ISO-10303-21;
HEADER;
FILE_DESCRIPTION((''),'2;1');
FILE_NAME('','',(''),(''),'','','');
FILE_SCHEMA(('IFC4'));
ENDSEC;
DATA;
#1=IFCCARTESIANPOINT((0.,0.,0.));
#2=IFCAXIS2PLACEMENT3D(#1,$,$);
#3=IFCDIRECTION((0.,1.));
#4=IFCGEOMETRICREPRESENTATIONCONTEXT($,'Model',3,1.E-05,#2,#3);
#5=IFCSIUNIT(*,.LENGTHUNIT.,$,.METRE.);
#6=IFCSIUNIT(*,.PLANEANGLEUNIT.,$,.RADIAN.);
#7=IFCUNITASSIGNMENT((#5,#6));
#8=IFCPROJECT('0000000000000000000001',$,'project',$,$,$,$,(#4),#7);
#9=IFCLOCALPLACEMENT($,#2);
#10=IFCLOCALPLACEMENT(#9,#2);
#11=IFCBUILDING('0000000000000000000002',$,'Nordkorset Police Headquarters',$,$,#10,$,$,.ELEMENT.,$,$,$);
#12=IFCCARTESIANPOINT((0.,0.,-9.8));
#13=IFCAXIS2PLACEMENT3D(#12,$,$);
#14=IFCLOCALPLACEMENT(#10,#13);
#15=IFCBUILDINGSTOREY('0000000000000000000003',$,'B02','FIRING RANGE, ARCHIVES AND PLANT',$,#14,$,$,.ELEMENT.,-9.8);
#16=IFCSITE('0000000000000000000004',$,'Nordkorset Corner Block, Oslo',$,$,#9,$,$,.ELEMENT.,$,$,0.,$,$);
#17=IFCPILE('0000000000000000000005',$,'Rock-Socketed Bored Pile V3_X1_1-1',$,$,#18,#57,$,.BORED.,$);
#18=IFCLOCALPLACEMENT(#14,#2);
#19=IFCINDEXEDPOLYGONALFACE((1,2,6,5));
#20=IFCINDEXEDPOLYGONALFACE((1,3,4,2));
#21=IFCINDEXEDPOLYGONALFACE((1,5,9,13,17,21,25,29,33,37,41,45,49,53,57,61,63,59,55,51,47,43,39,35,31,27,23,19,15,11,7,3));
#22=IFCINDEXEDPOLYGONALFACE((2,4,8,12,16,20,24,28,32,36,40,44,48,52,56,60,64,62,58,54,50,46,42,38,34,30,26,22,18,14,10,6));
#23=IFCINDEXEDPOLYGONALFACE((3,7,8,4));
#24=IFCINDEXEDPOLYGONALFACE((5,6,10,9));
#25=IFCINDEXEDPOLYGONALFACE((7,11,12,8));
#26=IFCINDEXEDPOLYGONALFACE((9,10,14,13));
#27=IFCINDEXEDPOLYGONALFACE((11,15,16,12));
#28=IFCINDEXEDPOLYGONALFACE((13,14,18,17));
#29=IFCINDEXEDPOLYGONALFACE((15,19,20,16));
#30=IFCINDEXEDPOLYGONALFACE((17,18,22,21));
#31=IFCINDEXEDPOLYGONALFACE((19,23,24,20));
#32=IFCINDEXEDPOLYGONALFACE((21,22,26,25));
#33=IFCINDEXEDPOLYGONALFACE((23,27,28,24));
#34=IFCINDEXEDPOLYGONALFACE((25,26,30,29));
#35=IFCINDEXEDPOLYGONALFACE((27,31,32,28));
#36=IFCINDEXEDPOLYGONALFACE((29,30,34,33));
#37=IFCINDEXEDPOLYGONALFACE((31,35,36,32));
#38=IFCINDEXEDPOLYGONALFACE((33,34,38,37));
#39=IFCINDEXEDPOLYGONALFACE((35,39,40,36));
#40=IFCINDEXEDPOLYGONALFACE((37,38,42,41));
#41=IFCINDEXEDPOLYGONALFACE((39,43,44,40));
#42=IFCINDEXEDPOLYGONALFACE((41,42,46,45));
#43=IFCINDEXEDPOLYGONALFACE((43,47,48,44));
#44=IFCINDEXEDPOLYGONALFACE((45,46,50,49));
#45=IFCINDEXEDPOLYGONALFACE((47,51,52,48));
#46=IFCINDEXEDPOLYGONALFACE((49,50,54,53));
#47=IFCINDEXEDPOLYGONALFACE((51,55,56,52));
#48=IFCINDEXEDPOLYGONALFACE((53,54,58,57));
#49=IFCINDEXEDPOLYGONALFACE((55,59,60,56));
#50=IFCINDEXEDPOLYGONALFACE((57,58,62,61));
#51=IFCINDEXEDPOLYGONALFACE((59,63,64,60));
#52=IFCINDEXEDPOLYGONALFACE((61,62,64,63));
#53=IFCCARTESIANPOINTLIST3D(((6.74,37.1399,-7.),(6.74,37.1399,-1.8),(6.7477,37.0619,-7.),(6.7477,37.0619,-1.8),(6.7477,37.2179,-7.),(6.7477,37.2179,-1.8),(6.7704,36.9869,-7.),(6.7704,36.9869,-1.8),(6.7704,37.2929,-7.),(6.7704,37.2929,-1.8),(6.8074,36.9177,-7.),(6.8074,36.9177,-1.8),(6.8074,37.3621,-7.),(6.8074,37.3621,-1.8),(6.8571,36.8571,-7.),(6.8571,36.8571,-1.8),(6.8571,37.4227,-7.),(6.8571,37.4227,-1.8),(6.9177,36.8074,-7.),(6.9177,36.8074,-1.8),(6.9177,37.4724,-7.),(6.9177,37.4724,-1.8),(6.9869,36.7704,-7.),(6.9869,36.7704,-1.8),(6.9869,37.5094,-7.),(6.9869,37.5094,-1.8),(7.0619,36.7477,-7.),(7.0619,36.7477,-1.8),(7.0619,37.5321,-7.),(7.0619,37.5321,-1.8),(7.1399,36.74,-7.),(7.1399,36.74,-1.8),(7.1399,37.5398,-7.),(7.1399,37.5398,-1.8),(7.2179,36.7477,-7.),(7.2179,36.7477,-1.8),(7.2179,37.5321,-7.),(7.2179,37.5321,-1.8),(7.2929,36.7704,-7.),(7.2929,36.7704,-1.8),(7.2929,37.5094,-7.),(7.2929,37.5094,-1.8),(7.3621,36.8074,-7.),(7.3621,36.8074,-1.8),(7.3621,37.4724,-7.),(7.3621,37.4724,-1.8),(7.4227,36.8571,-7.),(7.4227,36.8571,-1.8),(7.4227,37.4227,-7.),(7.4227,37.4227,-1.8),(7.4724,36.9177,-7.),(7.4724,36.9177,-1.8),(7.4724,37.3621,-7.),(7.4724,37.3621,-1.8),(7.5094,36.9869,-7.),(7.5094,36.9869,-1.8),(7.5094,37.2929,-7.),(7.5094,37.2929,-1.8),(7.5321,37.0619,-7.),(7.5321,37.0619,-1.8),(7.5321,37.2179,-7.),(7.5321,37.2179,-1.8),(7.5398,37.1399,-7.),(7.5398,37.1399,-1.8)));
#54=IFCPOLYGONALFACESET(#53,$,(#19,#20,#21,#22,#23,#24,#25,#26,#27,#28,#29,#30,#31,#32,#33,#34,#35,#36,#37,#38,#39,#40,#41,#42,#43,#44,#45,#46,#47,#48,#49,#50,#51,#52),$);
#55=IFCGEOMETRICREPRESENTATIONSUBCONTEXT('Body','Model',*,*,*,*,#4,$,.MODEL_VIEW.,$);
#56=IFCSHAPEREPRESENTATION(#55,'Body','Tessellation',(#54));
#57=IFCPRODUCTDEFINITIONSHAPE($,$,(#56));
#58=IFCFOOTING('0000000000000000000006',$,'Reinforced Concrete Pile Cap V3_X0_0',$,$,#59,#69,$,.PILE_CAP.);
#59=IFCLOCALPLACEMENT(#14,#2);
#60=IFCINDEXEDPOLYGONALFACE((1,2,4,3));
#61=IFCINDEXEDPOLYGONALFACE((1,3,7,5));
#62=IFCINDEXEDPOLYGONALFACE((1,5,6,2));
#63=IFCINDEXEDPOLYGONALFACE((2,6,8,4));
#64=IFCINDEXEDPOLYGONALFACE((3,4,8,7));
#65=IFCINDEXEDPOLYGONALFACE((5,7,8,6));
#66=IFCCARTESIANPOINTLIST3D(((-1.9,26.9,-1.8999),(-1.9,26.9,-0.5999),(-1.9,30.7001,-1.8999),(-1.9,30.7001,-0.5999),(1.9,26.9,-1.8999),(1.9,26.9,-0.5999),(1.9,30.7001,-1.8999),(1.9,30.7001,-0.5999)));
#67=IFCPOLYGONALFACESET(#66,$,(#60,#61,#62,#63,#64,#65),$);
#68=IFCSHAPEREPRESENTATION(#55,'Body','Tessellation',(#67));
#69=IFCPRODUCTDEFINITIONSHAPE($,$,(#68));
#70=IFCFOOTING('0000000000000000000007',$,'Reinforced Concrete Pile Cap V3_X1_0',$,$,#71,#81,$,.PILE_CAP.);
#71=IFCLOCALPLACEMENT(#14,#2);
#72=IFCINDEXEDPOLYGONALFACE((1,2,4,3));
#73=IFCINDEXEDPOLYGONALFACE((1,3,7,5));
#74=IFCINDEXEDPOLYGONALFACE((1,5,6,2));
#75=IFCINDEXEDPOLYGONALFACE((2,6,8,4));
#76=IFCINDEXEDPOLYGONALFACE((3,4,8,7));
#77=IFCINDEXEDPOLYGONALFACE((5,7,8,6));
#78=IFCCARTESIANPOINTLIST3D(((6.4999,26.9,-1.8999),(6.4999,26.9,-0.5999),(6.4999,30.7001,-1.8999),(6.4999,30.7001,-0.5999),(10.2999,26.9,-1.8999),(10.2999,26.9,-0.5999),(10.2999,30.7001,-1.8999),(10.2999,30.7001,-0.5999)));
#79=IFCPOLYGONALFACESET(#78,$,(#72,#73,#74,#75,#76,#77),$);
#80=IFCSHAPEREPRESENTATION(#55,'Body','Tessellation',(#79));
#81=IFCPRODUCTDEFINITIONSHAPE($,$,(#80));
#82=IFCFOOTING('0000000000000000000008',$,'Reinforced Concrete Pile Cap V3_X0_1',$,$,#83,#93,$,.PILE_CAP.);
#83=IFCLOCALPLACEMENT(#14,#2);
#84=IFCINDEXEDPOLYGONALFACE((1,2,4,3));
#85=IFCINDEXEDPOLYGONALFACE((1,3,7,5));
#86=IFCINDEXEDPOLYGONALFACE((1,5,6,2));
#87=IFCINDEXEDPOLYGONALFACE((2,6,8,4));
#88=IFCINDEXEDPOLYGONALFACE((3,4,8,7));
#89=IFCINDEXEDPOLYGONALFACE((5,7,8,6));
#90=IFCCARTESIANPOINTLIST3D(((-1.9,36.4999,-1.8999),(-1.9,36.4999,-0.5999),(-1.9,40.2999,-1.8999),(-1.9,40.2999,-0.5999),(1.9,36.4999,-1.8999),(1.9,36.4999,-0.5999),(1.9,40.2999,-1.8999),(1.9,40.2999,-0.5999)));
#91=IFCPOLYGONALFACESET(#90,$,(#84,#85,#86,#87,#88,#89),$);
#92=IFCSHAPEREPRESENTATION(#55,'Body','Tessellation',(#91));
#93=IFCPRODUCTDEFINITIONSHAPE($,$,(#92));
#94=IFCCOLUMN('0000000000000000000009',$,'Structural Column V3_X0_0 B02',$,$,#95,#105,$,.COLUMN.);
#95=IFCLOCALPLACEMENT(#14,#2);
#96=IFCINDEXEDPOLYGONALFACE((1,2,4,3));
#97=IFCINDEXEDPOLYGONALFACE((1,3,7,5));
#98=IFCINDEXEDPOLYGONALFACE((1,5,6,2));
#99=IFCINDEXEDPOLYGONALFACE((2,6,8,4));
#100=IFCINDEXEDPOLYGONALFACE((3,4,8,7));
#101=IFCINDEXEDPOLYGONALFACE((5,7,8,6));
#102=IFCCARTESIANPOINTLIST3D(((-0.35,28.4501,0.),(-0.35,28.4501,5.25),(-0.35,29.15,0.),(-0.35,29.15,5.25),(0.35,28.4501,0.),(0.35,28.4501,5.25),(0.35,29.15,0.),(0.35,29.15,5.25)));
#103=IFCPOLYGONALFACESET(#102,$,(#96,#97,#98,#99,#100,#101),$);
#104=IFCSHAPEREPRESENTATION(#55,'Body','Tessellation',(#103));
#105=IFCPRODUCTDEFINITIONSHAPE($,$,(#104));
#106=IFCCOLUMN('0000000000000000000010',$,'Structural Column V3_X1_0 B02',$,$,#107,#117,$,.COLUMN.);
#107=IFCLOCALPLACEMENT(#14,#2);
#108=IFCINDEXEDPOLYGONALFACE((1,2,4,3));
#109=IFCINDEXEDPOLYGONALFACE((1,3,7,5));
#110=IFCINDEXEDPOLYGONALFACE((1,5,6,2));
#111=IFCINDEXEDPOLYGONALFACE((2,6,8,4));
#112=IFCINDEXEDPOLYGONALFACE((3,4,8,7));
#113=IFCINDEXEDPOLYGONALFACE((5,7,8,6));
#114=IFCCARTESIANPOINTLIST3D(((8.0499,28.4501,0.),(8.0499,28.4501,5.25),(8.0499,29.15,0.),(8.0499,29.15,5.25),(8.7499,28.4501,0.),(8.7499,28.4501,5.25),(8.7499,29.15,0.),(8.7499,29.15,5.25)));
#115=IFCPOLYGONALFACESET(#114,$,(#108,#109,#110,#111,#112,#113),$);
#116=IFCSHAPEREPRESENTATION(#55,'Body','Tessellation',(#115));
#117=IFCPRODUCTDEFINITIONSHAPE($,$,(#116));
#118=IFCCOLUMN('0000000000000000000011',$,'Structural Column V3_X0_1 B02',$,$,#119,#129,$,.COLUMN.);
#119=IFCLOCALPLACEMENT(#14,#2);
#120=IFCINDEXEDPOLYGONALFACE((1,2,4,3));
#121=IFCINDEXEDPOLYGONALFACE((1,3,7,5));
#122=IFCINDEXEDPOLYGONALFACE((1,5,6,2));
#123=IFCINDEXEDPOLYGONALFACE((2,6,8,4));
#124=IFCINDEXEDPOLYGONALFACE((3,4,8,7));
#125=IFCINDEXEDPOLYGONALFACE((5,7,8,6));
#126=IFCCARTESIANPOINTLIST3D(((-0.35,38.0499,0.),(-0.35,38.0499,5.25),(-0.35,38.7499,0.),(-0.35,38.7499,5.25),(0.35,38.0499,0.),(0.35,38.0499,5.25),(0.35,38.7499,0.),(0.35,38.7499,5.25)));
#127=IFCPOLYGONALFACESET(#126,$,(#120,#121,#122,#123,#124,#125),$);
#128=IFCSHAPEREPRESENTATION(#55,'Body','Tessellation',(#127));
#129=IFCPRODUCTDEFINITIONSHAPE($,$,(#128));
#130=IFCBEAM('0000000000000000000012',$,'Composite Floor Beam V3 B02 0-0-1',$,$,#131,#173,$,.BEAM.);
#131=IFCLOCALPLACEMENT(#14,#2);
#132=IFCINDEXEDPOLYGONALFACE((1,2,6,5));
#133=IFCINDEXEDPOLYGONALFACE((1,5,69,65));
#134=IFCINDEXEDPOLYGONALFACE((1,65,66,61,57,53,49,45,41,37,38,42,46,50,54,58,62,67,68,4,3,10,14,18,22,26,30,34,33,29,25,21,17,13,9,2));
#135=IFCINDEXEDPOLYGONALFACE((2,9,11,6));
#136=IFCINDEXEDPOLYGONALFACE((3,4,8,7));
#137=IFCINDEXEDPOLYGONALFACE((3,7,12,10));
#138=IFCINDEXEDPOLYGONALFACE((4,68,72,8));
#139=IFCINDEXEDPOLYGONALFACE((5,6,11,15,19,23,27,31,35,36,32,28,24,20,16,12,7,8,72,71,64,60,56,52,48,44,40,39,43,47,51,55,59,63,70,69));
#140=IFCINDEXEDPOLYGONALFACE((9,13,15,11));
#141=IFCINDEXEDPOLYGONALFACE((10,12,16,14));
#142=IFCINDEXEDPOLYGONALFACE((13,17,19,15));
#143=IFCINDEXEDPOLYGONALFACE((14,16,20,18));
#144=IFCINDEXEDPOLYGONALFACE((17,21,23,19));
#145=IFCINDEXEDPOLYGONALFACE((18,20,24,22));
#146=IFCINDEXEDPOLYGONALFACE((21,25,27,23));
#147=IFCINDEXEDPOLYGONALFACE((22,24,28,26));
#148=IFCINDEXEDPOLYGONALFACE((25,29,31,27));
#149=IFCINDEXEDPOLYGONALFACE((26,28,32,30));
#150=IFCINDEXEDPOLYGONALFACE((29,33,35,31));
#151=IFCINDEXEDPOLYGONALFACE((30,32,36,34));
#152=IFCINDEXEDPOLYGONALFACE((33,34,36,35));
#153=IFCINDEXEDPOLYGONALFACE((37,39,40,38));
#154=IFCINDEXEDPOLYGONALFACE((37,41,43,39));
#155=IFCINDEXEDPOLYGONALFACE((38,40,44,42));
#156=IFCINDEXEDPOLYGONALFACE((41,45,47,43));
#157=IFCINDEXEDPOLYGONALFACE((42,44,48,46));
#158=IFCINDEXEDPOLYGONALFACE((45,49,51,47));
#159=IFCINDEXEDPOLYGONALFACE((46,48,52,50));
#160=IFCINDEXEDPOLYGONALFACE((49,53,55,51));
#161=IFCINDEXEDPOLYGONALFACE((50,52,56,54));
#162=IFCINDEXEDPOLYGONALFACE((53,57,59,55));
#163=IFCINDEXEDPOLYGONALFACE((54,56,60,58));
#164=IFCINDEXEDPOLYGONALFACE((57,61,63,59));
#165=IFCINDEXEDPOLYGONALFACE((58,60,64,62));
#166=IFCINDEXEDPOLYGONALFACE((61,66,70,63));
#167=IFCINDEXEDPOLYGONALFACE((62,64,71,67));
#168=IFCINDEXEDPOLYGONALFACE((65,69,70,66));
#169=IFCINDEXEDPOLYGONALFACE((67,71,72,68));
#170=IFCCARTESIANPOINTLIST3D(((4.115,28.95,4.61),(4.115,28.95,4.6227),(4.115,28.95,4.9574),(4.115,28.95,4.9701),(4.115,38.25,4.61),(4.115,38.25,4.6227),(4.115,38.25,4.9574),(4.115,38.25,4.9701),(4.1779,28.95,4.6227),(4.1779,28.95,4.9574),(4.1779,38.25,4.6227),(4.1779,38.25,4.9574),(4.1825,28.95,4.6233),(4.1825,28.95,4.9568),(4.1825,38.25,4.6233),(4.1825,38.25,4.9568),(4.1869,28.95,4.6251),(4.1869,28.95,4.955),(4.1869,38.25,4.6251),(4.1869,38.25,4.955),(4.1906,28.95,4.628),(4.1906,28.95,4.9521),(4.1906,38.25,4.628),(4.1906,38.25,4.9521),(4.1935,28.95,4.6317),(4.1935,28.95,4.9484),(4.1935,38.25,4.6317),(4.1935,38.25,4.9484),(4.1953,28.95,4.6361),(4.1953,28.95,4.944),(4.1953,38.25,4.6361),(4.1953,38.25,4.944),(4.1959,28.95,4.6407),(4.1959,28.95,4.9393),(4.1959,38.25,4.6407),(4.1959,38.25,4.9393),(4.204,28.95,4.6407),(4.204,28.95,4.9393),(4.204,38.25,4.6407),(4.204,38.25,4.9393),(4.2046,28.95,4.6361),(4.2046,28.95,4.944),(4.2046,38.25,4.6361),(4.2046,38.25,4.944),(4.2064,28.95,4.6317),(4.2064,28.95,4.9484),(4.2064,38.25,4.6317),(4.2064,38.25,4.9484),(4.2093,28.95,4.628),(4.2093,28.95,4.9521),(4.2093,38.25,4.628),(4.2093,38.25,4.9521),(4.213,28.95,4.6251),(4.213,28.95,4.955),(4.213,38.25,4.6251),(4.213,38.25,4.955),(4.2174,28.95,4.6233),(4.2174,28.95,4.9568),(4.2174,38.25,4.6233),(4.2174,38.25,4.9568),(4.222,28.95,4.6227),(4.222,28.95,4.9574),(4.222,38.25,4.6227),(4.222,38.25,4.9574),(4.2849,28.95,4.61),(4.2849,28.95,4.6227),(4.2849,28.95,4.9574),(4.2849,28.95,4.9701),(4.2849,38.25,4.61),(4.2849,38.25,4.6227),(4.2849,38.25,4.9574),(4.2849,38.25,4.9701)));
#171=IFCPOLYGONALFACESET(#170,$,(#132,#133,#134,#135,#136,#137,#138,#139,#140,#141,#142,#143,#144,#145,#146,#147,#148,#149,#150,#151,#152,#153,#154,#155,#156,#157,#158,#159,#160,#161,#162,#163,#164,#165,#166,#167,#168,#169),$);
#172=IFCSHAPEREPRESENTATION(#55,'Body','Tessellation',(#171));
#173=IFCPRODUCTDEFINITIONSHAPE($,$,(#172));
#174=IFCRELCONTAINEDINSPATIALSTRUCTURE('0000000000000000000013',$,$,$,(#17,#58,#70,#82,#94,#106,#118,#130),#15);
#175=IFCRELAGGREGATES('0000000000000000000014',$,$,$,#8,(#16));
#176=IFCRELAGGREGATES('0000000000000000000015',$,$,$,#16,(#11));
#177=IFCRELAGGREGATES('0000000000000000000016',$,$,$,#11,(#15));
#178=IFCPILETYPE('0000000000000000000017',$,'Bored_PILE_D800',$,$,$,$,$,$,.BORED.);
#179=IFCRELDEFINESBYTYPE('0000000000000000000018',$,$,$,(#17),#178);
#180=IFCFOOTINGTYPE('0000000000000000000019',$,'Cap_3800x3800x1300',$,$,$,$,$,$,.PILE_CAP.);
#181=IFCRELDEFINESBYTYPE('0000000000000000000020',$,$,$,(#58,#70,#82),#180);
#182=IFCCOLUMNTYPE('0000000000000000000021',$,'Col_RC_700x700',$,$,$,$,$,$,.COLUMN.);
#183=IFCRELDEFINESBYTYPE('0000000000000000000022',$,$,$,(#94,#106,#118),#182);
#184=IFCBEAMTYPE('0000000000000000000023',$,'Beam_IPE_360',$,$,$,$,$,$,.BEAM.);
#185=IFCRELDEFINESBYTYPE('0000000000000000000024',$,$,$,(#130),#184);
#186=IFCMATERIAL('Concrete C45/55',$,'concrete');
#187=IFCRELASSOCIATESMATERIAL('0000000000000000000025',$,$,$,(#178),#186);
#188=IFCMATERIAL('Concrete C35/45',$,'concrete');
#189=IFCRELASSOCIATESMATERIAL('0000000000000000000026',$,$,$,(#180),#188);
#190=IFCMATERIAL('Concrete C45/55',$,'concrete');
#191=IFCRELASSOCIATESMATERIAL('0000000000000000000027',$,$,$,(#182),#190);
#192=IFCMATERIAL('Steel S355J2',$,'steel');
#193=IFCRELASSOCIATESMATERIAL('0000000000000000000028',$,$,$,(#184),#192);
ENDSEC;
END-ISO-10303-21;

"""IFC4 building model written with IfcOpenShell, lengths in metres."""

from ifc_helpers import new_model, si_unit, direction, frame, origin, origin_2d, place, context, subcontext, project, spatial, rectangle, circle, i_section, extrude, material, material_profile, profile_set, type_object, element, save


model = new_model("IFC4")

# Units and contexts
model_context = context("Model", 3, precision=1e-05, world=origin(), true_north=direction((0.0, 1.0)))
body_context = subcontext(model_context, "Body", "Model", "MODEL_VIEW")
ifc_project = project(units=[si_unit("LENGTHUNIT", "METRE"), si_unit("PLANEANGLEUNIT", "RADIAN")], contexts=[model_context])

# Site, building, storey
site_placement = place(None, origin())
site = spatial("IfcSite", under=ifc_project, at=site_placement, Name="Nordkorset Corner Block, Oslo", CompositionType="ELEMENT", RefElevation=0.0)
building_placement = place(site_placement, origin())
building = spatial("IfcBuilding", under=site, at=building_placement, Name="Nordkorset Police Headquarters", CompositionType="ELEMENT")
storey_placement = place(building_placement, frame((0.0, 0.0, -9.8)))
storey = spatial("IfcBuildingStorey", under=building, at=storey_placement, Name="B02", Description="FIRING RANGE, ARCHIVES AND PLANT", CompositionType="ELEMENT", Elevation=-9.8)

# Pile
ifc_material_1 = material(Name="Concrete C45/55", Category="concrete")
ifc_material_profile_1 = material_profile(ifc_material_1, circle(Radius=0.3999, at=origin_2d()), Name="PILE D800")
ifc_profile_set_1 = profile_set([ifc_material_profile_1], Name="Concrete C45/55")
pile_type = type_object("IfcPileType", Name="Bored_PILE_D800", PredefinedType="BORED", material=ifc_profile_set_1)
for number, where, z_axis, x_axis, name in (
    (1, (7.1399, 37.1399, -1.8), (0.0, 0.0, -1.0), (1.0, 0.0, 0.0), "Rock-Socketed Bored Pile V3_X1_1-1"),
):
    element("IfcPile", number, at=place(storey_placement, frame(where, z_axis=z_axis, x_axis=x_axis)), inside=storey, type_object=pile_type, Name=name, PredefinedType="BORED", context=body_context, shape_type="SweptSolid", body=[
        extrude(circle(Radius=0.3999, at=origin_2d()), origin(), (0.0, 0.0, 1.0), 5.2),
    ])

# Footings
ifc_material_2 = material(Name="Concrete C35/45", Category="concrete")
footing_type = type_object("IfcFootingType", Name="Cap_3800x3800x1300", PredefinedType="PILE_CAP", material=ifc_material_2)
for number, where, z_axis, x_axis, name in (
    (2, (0.0, 28.8, -1.8999), (0.0, 0.0, 1.0), (1.0, 0.0, 0.0), "Reinforced Concrete Pile Cap V3_X0_0"),
    (3, (8.3999, 28.8, -1.8999), (0.0, 0.0, 1.0), (1.0, 0.0, 0.0), "Reinforced Concrete Pile Cap V3_X1_0"),
    (4, (0.0, 38.3999, -1.8999), (0.0, 0.0, 1.0), (1.0, 0.0, 0.0), "Reinforced Concrete Pile Cap V3_X0_1"),
):
    element("IfcFooting", number, at=place(storey_placement, frame(where, z_axis=z_axis, x_axis=x_axis)), inside=storey, type_object=footing_type, Name=name, PredefinedType="PILE_CAP", context=body_context, shape_type="SweptSolid", body=[
        extrude(rectangle(XDim=3.8, YDim=3.8, at=origin_2d()), origin(), (0.0, 0.0, 1.0), 1.3),
    ])

# Columns
ifc_material_3 = material(Name="Concrete C45/55", Category="concrete")
ifc_material_profile_2 = material_profile(ifc_material_3, rectangle(XDim=0.7, YDim=0.7, at=origin_2d()), Name="RC 700x700")
ifc_profile_set_2 = profile_set([ifc_material_profile_2], Name="Concrete C45/55")
column_type = type_object("IfcColumnType", Name="Col_RC_700x700", PredefinedType="COLUMN", material=ifc_profile_set_2)
for number, where, z_axis, x_axis, name in (
    (5, (0.0, 28.8, 0.0), (0.0, 0.0, 1.0), (1.0, 0.0, 0.0), "Structural Column V3_X0_0 B02"),
    (6, (8.3999, 28.8, 0.0), (0.0, 0.0, 1.0), (1.0, 0.0, 0.0), "Structural Column V3_X1_0 B02"),
    (7, (0.0, 38.3999, 0.0), (0.0, 0.0, 1.0), (1.0, 0.0, 0.0), "Structural Column V3_X0_1 B02"),
):
    element("IfcColumn", number, at=place(storey_placement, frame(where, z_axis=z_axis, x_axis=x_axis)), inside=storey, type_object=column_type, Name=name, PredefinedType="COLUMN", context=body_context, shape_type="SweptSolid", body=[
        extrude(rectangle(XDim=0.7, YDim=0.7, at=origin_2d()), origin(), (0.0, 0.0, 1.0), 5.25),
    ])

# Beam
ifc_material_4 = material(Name="Steel S355J2", Category="steel")
ifc_material_profile_3 = material_profile(ifc_material_4, i_section(OverallWidth=0.1699, OverallDepth=0.3601, WebThickness=0.0081, FlangeThickness=0.0127, FilletRadius=0.0181, at=origin_2d()), Name="IPE 360")
ifc_profile_set_3 = profile_set([ifc_material_profile_3], Name="Steel S355J2")
beam_type_1 = type_object("IfcBeamType", Name="Beam_IPE_360", PredefinedType="BEAM", material=ifc_profile_set_3)
beam_1_placement = place(storey_placement, frame((4.2, 28.95, 4.79), z_axis=(0.0, 1.0, 0.0), x_axis=(-1.0, 0.0, 0.0)))
element("IfcBeam", 8, at=beam_1_placement, inside=storey, type_object=beam_type_1, Name="Composite Floor Beam V3 B02 0-0-1", PredefinedType="BEAM", context=body_context, shape_type="SweptSolid", body=[
    extrude(i_section(OverallWidth=0.1699, OverallDepth=0.3601, WebThickness=0.0081, FlangeThickness=0.0127, FilletRadius=0.0181, at=origin_2d()), origin(), (0.0, 0.0, 1.0), 9.3),
])

save(model, "model.ifc")
